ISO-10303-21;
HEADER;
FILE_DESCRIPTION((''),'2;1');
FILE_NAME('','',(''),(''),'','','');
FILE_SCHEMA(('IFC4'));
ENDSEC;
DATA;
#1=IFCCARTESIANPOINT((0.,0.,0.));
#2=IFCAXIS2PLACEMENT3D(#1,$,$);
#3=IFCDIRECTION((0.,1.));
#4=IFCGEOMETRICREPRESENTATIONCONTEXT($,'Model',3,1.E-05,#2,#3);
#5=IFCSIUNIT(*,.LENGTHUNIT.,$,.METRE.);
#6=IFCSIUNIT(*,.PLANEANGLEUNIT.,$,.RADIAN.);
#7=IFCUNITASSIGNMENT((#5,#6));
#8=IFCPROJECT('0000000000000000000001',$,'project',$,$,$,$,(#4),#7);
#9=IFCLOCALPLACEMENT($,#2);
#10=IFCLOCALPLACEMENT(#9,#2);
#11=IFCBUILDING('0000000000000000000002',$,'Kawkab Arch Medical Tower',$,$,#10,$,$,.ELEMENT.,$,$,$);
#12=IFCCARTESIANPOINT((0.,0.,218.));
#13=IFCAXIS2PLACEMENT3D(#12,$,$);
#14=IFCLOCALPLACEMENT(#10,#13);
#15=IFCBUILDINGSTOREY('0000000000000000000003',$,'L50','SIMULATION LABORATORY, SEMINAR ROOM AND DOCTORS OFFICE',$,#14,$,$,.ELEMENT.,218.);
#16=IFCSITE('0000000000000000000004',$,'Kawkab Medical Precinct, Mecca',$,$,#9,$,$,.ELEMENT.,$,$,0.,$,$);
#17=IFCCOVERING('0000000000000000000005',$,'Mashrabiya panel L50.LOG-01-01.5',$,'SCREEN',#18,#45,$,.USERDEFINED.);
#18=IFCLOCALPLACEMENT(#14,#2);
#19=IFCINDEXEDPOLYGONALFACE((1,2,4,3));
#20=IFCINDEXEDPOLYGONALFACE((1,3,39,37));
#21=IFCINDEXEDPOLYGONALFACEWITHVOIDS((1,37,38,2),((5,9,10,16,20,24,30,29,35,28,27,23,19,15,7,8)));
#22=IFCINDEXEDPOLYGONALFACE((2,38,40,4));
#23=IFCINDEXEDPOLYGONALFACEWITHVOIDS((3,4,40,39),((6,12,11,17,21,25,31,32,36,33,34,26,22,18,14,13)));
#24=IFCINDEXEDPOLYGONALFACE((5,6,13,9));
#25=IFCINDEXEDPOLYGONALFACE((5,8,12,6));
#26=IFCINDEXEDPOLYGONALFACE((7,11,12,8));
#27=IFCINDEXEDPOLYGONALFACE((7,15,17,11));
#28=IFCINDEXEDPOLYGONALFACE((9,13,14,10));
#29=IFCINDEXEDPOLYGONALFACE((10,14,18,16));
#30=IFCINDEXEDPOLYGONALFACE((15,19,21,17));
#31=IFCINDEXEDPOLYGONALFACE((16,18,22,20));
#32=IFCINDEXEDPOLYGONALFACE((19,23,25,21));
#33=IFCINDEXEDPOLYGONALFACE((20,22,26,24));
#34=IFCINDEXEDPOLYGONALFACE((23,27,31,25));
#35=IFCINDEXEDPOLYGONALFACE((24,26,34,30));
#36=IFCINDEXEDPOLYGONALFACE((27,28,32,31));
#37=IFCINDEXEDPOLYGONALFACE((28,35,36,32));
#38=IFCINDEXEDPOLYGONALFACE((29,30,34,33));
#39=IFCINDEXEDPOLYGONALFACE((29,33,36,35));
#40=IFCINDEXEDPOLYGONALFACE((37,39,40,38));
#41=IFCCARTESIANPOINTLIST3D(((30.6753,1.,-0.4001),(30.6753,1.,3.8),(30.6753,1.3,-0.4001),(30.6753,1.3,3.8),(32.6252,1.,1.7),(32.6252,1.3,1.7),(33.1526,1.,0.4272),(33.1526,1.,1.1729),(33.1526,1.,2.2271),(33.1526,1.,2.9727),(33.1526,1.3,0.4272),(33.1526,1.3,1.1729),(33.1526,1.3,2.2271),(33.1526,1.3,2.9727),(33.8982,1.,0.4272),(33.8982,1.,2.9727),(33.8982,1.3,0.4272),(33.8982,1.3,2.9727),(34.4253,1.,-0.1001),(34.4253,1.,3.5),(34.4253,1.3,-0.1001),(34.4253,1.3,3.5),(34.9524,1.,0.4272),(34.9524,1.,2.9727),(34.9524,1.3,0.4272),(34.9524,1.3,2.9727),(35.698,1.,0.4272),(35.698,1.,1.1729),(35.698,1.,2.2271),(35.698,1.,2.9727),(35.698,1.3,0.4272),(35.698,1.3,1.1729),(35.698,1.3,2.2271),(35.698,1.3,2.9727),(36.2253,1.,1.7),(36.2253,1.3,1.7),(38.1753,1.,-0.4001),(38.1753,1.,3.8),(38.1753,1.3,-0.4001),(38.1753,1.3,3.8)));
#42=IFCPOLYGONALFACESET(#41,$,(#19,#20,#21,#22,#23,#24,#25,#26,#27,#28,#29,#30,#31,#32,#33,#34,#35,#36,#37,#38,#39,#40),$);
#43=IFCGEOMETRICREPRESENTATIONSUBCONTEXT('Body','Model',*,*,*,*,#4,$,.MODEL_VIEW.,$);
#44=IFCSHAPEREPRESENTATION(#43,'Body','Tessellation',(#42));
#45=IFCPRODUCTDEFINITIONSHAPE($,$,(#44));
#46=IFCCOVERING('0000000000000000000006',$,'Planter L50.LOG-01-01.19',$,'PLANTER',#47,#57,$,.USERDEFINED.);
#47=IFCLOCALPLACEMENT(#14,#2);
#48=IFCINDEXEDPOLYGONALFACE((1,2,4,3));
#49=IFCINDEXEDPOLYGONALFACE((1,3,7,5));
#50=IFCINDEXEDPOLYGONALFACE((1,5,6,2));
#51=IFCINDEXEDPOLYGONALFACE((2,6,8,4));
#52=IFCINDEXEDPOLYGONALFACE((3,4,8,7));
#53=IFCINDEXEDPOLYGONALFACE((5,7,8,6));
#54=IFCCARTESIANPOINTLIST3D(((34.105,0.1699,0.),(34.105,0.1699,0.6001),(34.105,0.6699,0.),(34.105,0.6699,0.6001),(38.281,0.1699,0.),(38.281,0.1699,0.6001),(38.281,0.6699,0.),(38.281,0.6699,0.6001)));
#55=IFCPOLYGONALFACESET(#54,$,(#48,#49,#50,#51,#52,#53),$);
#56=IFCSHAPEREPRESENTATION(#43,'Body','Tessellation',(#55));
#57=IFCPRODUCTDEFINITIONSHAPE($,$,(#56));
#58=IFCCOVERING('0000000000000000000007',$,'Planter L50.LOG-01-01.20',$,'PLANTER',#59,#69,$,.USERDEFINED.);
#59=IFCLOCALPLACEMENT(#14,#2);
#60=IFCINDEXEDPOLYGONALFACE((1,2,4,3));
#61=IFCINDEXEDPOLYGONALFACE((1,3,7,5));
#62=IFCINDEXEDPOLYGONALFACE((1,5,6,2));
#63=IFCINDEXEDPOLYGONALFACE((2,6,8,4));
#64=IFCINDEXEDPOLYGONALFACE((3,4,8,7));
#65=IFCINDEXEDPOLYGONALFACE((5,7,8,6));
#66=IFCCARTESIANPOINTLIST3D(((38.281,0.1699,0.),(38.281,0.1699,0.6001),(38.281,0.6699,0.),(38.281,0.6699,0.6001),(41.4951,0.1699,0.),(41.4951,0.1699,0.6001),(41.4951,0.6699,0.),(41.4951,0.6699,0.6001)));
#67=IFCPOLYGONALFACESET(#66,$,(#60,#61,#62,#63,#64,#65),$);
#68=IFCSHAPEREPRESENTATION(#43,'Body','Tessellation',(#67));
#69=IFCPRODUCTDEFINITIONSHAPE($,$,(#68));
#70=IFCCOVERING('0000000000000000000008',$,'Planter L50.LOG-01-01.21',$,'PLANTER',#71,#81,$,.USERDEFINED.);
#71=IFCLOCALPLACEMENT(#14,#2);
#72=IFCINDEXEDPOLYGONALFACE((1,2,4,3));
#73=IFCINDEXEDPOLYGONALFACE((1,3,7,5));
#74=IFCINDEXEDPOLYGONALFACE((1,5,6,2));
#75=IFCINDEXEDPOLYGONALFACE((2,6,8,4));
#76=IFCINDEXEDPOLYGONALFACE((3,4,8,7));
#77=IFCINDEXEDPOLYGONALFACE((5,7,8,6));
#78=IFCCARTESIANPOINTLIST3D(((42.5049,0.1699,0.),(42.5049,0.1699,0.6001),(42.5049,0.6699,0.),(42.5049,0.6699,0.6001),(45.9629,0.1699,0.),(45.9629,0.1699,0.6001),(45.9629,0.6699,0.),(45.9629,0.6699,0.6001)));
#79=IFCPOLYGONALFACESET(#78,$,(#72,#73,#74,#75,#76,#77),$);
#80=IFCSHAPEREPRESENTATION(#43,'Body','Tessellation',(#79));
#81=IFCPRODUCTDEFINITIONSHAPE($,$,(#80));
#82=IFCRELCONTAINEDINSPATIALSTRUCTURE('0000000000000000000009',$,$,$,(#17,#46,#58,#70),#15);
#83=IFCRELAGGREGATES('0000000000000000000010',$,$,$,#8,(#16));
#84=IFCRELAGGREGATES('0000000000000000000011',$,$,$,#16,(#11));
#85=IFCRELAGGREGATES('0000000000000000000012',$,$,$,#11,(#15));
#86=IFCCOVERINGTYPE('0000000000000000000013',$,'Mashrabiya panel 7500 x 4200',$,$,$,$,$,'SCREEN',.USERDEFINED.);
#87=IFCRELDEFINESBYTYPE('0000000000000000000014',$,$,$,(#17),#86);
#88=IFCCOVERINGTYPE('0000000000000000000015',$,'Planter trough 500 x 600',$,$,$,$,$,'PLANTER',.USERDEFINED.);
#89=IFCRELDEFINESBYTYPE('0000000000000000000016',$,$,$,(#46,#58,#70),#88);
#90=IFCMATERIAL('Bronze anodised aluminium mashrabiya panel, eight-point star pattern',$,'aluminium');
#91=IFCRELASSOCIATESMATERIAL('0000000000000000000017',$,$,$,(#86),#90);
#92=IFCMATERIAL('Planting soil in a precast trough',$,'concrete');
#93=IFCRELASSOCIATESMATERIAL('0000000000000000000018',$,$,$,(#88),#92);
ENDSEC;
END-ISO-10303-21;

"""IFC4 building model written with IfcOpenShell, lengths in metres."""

from ifc_helpers import new_model, si_unit, direction, frame, origin, origin_2d, place, context, subcontext, project, spatial, polyline, rectangle, outline, extrude, material, material_profile, profile_set, type_object, element, save


model = new_model("IFC4")

# Units and contexts
model_context = context("Model", 3, precision=1e-05, world=origin(), true_north=direction((0.0, 1.0)))
body_context = subcontext(model_context, "Body", "Model", "MODEL_VIEW")
ifc_project = project(units=[si_unit("LENGTHUNIT", "METRE"), si_unit("PLANEANGLEUNIT", "RADIAN")], contexts=[model_context])

# Site, building, storey
site_placement = place(None, origin())
site = spatial("IfcSite", under=ifc_project, at=site_placement, Name="Kawkab Medical Precinct, Mecca", CompositionType="ELEMENT", RefElevation=0.0)
building_placement = place(site_placement, origin())
building = spatial("IfcBuilding", under=site, at=building_placement, Name="Kawkab Arch Medical Tower", CompositionType="ELEMENT")
storey_placement = place(building_placement, frame((0.0, 0.0, 218.0)))
storey = spatial("IfcBuildingStorey", under=building, at=storey_placement, Name="L50", Description="SIMULATION LABORATORY, SEMINAR ROOM AND DOCTORS OFFICE", CompositionType="ELEMENT", Elevation=218.0)

# Coverings
ifc_material_1 = material(Name="Bronze anodised aluminium mashrabiya panel, eight-point star pattern", Category="aluminium")
ifc_material_profile_1 = material_profile(ifc_material_1, outline(polyline([(-3.75, -2.1001), (3.75, -2.1001), (3.75, 2.1001), (-3.75, 2.1001), (-3.75, -2.1001)]), holes=[polyline([(1.8, 0.0), (1.2727, 0.5271), (1.2727, 1.2727), (0.5271, 1.2727), (0.0, 1.8), (-0.5271, 1.2727), (-1.2727, 1.2727), (-1.2727, 0.5271), (-1.8, 0.0), (-1.2727, -0.5271), (-1.2727, -1.2727), (-0.5271, -1.2727), (0.0, -1.8), (0.5271, -1.2727), (1.2727, -1.2727), (1.2727, -0.5271), (1.8, 0.0)])]), Name="Mashrabiya panel 7500x4200")
ifc_profile_set_1 = profile_set([ifc_material_profile_1], Name="Bronze anodised aluminium mashrabiya panel, eight-point star pattern")
covering_type_1 = type_object("IfcCoveringType", Name="Mashrabiya panel 7500 x 4200", ElementType="SCREEN", PredefinedType="USERDEFINED", material=ifc_profile_set_1)
covering_1_placement = place(storey_placement, frame((34.4253, 1.0, 1.7), z_axis=(0.0, 1.0, 0.0), x_axis=(-1.0, 0.0, 0.0)))
element("IfcCovering", 1, at=covering_1_placement, inside=storey, type_object=covering_type_1, Name="Mashrabiya panel L50.LOG-01-01.5", ObjectType="SCREEN", PredefinedType="USERDEFINED", context=body_context, shape_type="SweptSolid", body=[
    extrude(outline(polyline([(-3.75, -2.1001), (3.75, -2.1001), (3.75, 2.1001), (-3.75, 2.1001), (-3.75, -2.1001)]), holes=[polyline([(1.8, 0.0), (1.2727, 0.5271), (1.2727, 1.2727), (0.5271, 1.2727), (0.0, 1.8), (-0.5271, 1.2727), (-1.2727, 1.2727), (-1.2727, 0.5271), (-1.8, 0.0), (-1.2727, -0.5271), (-1.2727, -1.2727), (-0.5271, -1.2727), (0.0, -1.8), (0.5271, -1.2727), (1.2727, -1.2727), (1.2727, -0.5271), (1.8, 0.0)])]), origin(), (0.0, 0.0, 1.0), 0.3),
])
ifc_material_2 = material(Name="Planting soil in a precast trough", Category="concrete")
ifc_material_profile_2 = material_profile(ifc_material_2, rectangle(XDim=0.5, YDim=0.6001, at=origin_2d()), Name="Trough 500x600")
ifc_profile_set_2 = profile_set([ifc_material_profile_2], Name="Planting soil in a precast trough")
covering_type_2 = type_object("IfcCoveringType", Name="Planter trough 500 x 600", ElementType="PLANTER", PredefinedType="USERDEFINED", material=ifc_profile_set_2)
covering_2_placement = place(storey_placement, frame((34.105, 0.4199, 0.3), z_axis=(1.0, 0.0, 0.0), x_axis=(0.0, 1.0, 0.0)))
element("IfcCovering", 2, at=covering_2_placement, inside=storey, type_object=covering_type_2, Name="Planter L50.LOG-01-01.19", ObjectType="PLANTER", PredefinedType="USERDEFINED", context=body_context, shape_type="SweptSolid", body=[
    extrude(rectangle(XDim=0.5, YDim=0.6001, at=origin_2d()), origin(), (0.0, 0.0, 1.0), 4.176),
])
covering_3_placement = place(storey_placement, frame((38.281, 0.4199, 0.3), z_axis=(1.0, 0.0, 0.0), x_axis=(0.0, 1.0, 0.0)))
element("IfcCovering", 3, at=covering_3_placement, inside=storey, type_object=covering_type_2, Name="Planter L50.LOG-01-01.20", ObjectType="PLANTER", PredefinedType="USERDEFINED", context=body_context, shape_type="SweptSolid", body=[
    extrude(rectangle(XDim=0.5, YDim=0.6001, at=origin_2d()), origin(), (0.0, 0.0, 1.0), 3.2141),
])
covering_4_placement = place(storey_placement, frame((42.5049, 0.4199, 0.3), z_axis=(1.0, 0.0, 0.0), x_axis=(0.0, 1.0, 0.0)))
element("IfcCovering", 4, at=covering_4_placement, inside=storey, type_object=covering_type_2, Name="Planter L50.LOG-01-01.21", ObjectType="PLANTER", PredefinedType="USERDEFINED", context=body_context, shape_type="SweptSolid", body=[
    extrude(rectangle(XDim=0.5, YDim=0.6001, at=origin_2d()), origin(), (0.0, 0.0, 1.0), 3.458),
])

save(model, "model.ifc")
